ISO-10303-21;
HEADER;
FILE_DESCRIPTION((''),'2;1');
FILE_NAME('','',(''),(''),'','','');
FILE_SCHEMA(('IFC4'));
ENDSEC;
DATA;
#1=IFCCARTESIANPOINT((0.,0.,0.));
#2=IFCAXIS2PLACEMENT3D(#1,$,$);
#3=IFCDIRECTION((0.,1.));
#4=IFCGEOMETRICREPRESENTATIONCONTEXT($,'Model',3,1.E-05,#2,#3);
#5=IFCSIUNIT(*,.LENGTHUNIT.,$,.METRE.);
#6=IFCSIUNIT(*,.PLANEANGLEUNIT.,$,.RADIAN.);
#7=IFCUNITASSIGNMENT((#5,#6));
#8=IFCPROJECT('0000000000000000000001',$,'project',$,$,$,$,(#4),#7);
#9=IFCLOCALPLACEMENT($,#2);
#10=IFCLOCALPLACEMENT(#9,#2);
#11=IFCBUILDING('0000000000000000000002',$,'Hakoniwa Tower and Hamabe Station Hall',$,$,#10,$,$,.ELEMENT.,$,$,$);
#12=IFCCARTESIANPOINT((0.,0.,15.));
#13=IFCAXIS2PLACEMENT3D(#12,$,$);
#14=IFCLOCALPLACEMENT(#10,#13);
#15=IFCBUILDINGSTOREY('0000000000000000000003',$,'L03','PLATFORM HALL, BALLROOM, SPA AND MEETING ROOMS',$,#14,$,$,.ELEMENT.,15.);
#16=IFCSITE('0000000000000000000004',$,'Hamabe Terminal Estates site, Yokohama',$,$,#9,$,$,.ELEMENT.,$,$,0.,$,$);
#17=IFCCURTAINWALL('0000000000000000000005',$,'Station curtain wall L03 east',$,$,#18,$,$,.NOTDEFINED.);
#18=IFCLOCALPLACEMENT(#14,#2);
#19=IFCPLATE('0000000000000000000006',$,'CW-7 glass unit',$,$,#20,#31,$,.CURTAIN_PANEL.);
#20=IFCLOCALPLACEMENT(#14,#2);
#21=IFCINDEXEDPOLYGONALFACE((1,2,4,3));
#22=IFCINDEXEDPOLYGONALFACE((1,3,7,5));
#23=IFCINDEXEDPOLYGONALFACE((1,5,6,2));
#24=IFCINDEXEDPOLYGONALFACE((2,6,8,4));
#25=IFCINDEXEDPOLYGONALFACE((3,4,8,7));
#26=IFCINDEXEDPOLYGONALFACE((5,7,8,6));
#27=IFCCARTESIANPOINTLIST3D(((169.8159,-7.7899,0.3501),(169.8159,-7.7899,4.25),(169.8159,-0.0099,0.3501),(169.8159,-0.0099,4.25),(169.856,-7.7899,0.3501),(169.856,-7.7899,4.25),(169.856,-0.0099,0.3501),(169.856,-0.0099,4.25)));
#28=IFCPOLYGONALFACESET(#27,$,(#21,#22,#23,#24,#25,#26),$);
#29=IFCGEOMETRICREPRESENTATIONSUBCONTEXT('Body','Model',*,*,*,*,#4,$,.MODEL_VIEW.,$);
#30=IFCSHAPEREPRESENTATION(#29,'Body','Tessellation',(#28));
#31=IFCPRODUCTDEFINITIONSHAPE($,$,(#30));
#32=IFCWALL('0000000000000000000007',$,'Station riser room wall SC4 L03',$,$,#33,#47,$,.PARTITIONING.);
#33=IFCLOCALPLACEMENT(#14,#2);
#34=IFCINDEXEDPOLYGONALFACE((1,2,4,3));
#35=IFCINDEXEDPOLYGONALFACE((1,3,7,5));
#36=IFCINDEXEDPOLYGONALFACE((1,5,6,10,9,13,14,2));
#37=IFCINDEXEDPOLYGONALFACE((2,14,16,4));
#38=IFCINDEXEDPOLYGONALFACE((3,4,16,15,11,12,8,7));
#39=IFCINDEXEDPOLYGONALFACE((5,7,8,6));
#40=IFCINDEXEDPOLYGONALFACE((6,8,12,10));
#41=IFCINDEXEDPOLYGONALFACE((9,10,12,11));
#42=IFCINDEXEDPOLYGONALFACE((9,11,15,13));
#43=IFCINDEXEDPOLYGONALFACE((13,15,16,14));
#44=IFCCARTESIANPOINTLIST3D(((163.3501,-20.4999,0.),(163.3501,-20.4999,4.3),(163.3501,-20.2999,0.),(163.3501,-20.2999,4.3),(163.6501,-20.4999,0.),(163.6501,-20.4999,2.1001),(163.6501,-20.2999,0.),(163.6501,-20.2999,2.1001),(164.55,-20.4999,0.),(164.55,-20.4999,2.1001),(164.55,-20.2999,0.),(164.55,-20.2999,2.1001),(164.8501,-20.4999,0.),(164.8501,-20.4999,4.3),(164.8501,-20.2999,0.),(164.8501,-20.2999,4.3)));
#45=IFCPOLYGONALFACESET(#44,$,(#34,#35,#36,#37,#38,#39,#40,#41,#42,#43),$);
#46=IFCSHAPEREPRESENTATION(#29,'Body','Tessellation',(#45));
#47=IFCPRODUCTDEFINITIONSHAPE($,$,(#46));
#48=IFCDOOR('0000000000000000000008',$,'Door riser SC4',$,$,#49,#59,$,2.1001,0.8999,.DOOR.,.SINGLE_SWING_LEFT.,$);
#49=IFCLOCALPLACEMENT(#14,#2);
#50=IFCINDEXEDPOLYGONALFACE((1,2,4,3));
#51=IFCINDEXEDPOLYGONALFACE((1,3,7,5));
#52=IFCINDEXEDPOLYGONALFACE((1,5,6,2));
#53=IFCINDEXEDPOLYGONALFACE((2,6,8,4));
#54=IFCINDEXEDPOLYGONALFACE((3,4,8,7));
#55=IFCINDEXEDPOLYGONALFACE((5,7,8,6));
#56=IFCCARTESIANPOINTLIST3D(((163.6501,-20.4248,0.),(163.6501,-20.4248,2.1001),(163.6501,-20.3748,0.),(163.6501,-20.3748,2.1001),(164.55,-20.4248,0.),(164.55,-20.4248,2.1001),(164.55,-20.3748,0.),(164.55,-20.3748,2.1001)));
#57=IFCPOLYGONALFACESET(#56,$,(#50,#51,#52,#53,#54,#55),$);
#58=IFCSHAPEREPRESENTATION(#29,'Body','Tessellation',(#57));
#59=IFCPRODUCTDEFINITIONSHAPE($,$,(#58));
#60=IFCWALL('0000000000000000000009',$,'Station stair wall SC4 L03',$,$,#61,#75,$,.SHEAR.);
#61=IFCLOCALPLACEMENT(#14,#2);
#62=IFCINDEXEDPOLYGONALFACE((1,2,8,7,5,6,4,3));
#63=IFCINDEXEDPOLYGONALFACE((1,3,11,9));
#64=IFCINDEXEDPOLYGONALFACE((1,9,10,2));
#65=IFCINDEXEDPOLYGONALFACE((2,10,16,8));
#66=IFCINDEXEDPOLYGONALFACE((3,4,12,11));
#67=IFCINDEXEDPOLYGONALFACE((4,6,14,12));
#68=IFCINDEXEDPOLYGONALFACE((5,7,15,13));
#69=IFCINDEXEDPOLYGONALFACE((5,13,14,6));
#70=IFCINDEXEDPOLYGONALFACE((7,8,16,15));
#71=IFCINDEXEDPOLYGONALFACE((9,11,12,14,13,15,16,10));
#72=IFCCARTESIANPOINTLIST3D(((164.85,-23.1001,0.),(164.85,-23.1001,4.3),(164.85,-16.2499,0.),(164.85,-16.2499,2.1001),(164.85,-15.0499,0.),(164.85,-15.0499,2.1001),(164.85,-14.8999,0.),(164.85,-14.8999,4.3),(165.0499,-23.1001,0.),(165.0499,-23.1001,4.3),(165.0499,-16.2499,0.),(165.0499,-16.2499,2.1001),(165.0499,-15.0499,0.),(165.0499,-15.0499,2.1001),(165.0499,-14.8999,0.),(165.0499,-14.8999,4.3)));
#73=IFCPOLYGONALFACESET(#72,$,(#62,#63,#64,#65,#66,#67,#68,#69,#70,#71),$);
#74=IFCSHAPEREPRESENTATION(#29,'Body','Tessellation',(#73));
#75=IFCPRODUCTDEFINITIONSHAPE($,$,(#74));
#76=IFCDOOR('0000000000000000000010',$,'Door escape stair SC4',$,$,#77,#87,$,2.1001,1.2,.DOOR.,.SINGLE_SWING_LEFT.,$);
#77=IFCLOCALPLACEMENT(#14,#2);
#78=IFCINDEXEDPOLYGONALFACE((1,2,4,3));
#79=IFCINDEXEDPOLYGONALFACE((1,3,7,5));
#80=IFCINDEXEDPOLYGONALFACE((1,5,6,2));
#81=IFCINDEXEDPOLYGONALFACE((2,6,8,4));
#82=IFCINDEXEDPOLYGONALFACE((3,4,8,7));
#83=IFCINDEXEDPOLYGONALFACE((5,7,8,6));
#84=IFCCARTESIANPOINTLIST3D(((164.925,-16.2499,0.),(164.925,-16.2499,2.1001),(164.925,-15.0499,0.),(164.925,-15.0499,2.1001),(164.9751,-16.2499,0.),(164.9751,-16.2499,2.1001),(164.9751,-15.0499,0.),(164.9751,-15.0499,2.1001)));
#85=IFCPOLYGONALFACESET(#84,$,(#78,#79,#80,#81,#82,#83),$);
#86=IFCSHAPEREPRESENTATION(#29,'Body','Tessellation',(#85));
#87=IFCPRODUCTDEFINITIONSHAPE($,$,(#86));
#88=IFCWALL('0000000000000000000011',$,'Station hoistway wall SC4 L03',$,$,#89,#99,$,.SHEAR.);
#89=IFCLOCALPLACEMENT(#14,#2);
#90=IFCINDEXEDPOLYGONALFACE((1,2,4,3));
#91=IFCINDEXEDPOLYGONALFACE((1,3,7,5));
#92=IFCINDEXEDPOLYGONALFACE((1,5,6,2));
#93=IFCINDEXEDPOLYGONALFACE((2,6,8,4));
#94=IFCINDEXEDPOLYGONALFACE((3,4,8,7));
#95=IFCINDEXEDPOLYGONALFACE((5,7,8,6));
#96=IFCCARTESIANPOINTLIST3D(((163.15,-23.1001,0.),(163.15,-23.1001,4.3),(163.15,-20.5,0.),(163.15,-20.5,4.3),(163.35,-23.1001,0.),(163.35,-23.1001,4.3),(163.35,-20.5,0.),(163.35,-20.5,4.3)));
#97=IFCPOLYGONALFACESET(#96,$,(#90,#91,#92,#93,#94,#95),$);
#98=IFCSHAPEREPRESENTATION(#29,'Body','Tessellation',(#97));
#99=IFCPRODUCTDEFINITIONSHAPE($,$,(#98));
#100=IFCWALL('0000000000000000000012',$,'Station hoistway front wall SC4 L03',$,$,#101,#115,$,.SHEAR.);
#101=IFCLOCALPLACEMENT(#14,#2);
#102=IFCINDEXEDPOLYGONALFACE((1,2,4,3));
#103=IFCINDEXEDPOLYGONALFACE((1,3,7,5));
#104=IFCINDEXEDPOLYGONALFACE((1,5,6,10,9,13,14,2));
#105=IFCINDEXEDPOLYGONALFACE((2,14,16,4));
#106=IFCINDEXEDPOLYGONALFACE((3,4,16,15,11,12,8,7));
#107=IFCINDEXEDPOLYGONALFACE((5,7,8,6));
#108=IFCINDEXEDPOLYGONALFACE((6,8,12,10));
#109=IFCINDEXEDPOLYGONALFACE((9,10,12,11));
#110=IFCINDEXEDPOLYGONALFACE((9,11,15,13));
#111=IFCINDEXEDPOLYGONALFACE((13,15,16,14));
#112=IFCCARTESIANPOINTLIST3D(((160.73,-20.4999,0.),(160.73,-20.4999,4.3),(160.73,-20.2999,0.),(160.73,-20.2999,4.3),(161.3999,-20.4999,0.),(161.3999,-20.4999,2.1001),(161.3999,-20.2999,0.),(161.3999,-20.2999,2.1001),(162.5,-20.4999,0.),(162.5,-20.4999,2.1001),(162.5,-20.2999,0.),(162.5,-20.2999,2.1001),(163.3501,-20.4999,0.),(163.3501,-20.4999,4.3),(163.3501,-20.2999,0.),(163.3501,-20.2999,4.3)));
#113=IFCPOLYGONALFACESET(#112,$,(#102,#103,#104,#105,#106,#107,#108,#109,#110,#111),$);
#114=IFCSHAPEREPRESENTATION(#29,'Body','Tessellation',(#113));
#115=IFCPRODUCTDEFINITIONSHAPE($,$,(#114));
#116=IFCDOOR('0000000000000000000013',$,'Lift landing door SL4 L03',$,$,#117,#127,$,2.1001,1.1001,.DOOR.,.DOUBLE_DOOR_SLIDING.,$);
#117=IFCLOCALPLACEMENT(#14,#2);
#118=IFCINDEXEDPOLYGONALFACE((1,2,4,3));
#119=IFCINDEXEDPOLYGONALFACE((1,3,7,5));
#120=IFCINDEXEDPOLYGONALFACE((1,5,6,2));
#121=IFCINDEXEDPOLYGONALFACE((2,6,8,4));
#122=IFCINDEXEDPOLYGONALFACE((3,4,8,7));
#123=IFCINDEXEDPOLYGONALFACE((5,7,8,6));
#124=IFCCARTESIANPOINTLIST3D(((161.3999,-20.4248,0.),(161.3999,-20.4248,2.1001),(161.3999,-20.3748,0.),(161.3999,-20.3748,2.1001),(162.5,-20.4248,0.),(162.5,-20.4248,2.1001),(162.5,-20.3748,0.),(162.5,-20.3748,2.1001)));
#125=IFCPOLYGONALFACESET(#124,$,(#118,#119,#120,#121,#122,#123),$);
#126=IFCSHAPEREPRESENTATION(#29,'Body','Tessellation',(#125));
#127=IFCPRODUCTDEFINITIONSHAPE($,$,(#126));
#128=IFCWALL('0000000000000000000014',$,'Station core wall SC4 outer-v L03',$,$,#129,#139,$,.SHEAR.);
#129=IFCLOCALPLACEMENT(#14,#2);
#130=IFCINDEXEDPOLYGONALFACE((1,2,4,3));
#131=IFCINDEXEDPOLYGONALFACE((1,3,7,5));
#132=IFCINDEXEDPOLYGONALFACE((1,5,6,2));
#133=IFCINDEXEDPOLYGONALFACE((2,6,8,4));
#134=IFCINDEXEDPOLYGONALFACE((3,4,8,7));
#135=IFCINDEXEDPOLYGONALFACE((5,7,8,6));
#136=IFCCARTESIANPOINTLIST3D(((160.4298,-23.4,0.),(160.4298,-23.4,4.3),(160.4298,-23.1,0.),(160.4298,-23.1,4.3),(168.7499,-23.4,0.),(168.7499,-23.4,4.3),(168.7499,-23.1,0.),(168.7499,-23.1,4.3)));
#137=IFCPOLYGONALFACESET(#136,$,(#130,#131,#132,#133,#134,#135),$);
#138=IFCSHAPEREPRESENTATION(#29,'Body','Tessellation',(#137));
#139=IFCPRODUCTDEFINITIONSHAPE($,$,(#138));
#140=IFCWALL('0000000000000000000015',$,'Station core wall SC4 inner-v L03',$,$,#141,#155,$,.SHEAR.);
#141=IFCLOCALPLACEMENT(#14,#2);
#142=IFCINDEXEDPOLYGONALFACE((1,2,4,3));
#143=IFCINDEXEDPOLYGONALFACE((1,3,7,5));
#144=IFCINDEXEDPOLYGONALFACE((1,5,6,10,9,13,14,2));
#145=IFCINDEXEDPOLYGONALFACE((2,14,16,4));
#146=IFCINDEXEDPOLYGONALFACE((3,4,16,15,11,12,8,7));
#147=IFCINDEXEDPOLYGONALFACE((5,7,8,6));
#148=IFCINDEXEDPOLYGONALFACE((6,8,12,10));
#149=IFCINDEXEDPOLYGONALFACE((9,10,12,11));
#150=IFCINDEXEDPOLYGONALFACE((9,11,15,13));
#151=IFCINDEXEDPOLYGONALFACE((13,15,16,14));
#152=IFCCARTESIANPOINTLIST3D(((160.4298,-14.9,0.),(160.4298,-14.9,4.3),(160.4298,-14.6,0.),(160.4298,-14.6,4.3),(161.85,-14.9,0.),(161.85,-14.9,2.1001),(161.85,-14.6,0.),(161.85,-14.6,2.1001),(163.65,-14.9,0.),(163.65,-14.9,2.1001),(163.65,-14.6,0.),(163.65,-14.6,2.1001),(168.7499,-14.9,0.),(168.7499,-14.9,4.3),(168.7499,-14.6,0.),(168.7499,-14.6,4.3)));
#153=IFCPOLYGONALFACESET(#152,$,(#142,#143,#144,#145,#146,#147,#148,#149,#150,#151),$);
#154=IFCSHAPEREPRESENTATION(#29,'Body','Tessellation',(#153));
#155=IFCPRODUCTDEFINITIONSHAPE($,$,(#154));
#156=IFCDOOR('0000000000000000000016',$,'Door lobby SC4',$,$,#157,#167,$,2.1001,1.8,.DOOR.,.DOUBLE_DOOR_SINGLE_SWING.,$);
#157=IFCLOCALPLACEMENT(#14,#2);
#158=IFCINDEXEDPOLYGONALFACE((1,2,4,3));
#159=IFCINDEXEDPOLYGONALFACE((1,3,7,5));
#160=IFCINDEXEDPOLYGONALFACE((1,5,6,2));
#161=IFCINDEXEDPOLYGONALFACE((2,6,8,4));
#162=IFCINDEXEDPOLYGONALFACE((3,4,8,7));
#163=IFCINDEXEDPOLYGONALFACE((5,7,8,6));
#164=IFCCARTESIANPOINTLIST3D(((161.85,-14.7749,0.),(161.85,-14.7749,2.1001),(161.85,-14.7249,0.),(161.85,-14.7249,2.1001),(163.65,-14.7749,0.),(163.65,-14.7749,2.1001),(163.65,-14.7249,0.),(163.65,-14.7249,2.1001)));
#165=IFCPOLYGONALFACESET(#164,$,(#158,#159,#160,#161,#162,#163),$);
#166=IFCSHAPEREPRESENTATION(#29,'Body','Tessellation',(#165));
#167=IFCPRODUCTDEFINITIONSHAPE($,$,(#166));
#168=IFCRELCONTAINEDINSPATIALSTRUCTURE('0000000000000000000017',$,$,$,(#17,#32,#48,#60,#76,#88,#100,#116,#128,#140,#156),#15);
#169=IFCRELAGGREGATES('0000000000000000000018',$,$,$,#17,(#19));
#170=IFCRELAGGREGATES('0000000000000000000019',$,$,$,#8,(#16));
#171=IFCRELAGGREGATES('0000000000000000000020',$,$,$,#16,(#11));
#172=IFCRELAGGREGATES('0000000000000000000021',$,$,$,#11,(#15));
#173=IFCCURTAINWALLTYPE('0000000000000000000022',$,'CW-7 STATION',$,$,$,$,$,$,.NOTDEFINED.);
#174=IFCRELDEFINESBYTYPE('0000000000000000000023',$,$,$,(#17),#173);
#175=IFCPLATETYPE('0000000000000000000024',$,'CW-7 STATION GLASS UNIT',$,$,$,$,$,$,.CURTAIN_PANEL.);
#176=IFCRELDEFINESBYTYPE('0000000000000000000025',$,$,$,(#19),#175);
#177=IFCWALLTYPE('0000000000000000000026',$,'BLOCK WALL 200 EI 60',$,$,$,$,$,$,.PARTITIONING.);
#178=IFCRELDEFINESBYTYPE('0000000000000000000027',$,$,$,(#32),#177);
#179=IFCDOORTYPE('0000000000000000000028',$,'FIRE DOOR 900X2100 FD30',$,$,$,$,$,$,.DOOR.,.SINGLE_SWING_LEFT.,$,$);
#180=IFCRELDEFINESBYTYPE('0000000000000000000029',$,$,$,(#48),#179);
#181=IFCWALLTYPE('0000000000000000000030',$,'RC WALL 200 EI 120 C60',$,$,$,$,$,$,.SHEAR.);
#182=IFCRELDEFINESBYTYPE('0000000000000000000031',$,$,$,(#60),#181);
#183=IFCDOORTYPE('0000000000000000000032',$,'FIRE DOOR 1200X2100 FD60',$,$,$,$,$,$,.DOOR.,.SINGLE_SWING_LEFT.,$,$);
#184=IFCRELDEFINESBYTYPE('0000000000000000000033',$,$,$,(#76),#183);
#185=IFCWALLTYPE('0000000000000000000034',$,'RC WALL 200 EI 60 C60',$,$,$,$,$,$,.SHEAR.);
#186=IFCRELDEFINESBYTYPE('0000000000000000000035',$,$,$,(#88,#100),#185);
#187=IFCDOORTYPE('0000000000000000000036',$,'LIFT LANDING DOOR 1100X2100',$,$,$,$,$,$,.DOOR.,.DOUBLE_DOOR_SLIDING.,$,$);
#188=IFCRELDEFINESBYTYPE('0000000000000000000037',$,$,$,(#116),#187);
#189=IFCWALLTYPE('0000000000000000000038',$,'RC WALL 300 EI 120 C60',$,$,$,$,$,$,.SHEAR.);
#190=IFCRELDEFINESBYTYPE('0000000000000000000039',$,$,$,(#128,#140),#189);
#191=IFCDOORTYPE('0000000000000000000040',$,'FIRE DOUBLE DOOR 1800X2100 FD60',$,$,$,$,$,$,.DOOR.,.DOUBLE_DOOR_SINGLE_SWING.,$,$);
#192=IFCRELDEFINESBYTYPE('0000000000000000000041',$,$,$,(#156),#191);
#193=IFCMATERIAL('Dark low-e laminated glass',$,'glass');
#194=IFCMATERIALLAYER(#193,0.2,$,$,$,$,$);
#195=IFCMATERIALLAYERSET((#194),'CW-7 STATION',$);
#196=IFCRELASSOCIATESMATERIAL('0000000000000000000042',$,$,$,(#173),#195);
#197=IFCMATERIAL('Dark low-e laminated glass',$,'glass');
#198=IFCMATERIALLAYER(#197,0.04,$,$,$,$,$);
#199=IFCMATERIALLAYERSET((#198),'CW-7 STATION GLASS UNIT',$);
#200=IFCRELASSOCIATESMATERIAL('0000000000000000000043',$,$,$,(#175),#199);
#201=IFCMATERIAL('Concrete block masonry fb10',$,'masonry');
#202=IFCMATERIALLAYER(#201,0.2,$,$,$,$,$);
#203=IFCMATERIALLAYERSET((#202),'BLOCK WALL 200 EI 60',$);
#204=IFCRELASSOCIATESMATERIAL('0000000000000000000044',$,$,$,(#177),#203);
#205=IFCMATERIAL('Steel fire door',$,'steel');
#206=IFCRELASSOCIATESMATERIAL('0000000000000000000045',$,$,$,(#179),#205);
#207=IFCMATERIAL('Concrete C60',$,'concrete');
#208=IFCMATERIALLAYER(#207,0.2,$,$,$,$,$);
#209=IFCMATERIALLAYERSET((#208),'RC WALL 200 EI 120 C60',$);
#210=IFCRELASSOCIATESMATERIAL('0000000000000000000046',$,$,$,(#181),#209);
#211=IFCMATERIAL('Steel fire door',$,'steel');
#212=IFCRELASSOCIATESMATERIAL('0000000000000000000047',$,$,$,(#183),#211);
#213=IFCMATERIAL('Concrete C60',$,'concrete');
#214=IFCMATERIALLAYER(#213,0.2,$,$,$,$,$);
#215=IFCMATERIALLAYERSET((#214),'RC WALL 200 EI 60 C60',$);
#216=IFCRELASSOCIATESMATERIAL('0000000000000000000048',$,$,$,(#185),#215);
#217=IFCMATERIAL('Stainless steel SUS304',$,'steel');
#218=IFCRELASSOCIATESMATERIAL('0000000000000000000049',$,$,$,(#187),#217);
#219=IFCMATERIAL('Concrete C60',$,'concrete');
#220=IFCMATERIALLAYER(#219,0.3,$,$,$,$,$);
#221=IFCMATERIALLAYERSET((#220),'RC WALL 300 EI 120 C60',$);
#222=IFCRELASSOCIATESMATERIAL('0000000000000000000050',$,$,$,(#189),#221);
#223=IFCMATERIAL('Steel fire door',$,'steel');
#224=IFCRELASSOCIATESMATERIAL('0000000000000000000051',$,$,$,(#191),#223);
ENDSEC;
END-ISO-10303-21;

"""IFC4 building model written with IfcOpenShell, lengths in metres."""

from ifc_helpers import new_model, si_unit, direction, frame, frame_2d, origin, origin_2d, place, context, subcontext, project, spatial, rectangle, extrude, material, layer, layer_set, type_object, element, fill, aggregate, save


model = new_model("IFC4")

# Units and contexts
model_context = context("Model", 3, precision=1e-05, world=origin(), true_north=direction((0.0, 1.0)))
body_context = subcontext(model_context, "Body", "Model", "MODEL_VIEW")
ifc_project = project(units=[si_unit("LENGTHUNIT", "METRE"), si_unit("PLANEANGLEUNIT", "RADIAN")], contexts=[model_context])

# Site, building, storey
site_placement = place(None, origin())
site = spatial("IfcSite", under=ifc_project, at=site_placement, Name="Hamabe Terminal Estates site, Yokohama", CompositionType="ELEMENT", RefElevation=0.0)
building_placement = place(site_placement, origin())
building = spatial("IfcBuilding", under=site, at=building_placement, Name="Hakoniwa Tower and Hamabe Station Hall", CompositionType="ELEMENT")
storey_placement = place(building_placement, frame((0.0, 0.0, 15.0)))
storey = spatial("IfcBuildingStorey", under=building, at=storey_placement, Name="L03", Description="PLATFORM HALL, BALLROOM, SPA AND MEETING ROOMS", CompositionType="ELEMENT", Elevation=15.0)

# Curtain wall
ifc_material_1 = material(Name="Dark low-e laminated glass", Category="glass")
ifc_layer_1 = layer(ifc_material_1, 0.2)
ifc_layer_set_1 = layer_set([ifc_layer_1], Name="CW-7 STATION")
curtain_wall_type = type_object("IfcCurtainWallType", Name="CW-7 STATION", PredefinedType="NOTDEFINED", material=ifc_layer_set_1)
curtain_wall_1_placement = place(storey_placement, origin())
curtain_wall_1 = element("IfcCurtainWall", 1, at=curtain_wall_1_placement, inside=storey, type_object=curtain_wall_type, Name="Station curtain wall L03 east", PredefinedType="NOTDEFINED")

# Plate
ifc_material_2 = material(Name="Dark low-e laminated glass", Category="glass")
ifc_layer_2 = layer(ifc_material_2, 0.04)
ifc_layer_set_2 = layer_set([ifc_layer_2], Name="CW-7 STATION GLASS UNIT")
plate_type = type_object("IfcPlateType", Name="CW-7 STATION GLASS UNIT", PredefinedType="CURTAIN_PANEL", material=ifc_layer_set_2)
plate_1_placement = place(storey_placement, frame((169.8359, -3.8999, 0.3501), z_axis=(0.0, 0.0, 1.0), x_axis=(0.0, 1.0, 0.0)))
plate_1 = element("IfcPlate", 2, at=plate_1_placement, type_object=plate_type, Name="CW-7 glass unit", PredefinedType="CURTAIN_PANEL", context=body_context, shape_type="SweptSolid", body=[
    extrude(rectangle(XDim=7.78, YDim=0.04, at=origin_2d()), origin(), (0.0, 0.0, 1.0), 3.8999),
])
aggregate(curtain_wall_1, [plate_1])

# Walls, openings, doors
ifc_material_3 = material(Name="Concrete block masonry fb10", Category="masonry")
ifc_layer_3 = layer(ifc_material_3, 0.2)
ifc_layer_set_3 = layer_set([ifc_layer_3], Name="BLOCK WALL 200 EI 60")
wall_type_1 = type_object("IfcWallType", Name="BLOCK WALL 200 EI 60", PredefinedType="PARTITIONING", material=ifc_layer_set_3)
wall_1_placement = place(storey_placement, frame((164.8501, -20.3999, 0.0), z_axis=(0.0, 0.0, 1.0), x_axis=(-1.0, 0.0, 0.0)))
wall_1 = element("IfcWall", 3, at=wall_1_placement, inside=storey, type_object=wall_type_1, Name="Station riser room wall SC4 L03", PredefinedType="PARTITIONING", context=body_context, shape_type="SweptSolid", body=[
    extrude(rectangle(XDim=1.5, YDim=0.2, at=frame_2d((0.75, 0.0))), origin(), (0.0, 0.0, 1.0), 4.3),
])
opening_1_placement = place(wall_1_placement, frame((0.3, 0.0, 0.0)))
opening_1 = element("IfcOpeningElement", 4, at=opening_1_placement, cuts=wall_1, PredefinedType="OPENING", context=body_context, shape_type="SweptSolid", body=[
    extrude(rectangle(XDim=0.8999, YDim=2.1001, at=frame_2d((0.45, 1.05))), frame((0.0, 0.1099, 0.0), z_axis=(0.0, -1.0, 0.0), x_axis=(1.0, 0.0, 0.0)), (0.0, 0.0, 1.0), 0.22),
])
ifc_material_4 = material(Name="Steel fire door", Category="steel")
door_type_1 = type_object("IfcDoorType", Name="FIRE DOOR 900X2100 FD30", OperationType="SINGLE_SWING_LEFT", PredefinedType="DOOR", material=ifc_material_4)
door_1_placement = place(opening_1_placement, origin())
door_1 = element("IfcDoor", 5, at=door_1_placement, inside=storey, type_object=door_type_1, Name="Door riser SC4", OperationType="SINGLE_SWING_LEFT", OverallHeight=2.1001, OverallWidth=0.8999, PredefinedType="DOOR", context=body_context, shape_type="SweptSolid", body=[
    extrude(rectangle(XDim=0.8999, YDim=2.1001, at=frame_2d((0.45, 1.05))), frame((0.0, 0.0249, 0.0), z_axis=(0.0, -1.0, 0.0), x_axis=(1.0, 0.0, 0.0)), (0.0, 0.0, 1.0), 0.05),
])
fill(opening_1, door_1)
ifc_material_5 = material(Name="Concrete C60", Category="concrete")
ifc_layer_4 = layer(ifc_material_5, 0.2)
ifc_layer_set_4 = layer_set([ifc_layer_4], Name="RC WALL 200 EI 120 C60")
wall_type_2 = type_object("IfcWallType", Name="RC WALL 200 EI 120 C60", PredefinedType="SHEAR", material=ifc_layer_set_4)
wall_2_placement = place(storey_placement, frame((164.95, -23.1001, 0.0), z_axis=(0.0, 0.0, 1.0), x_axis=(0.0, 1.0, 0.0)))
wall_2 = element("IfcWall", 6, at=wall_2_placement, inside=storey, type_object=wall_type_2, Name="Station stair wall SC4 L03", PredefinedType="SHEAR", context=body_context, shape_type="SweptSolid", body=[
    extrude(rectangle(XDim=8.2002, YDim=0.2, at=frame_2d((4.1001, 0.0))), origin(), (0.0, 0.0, 1.0), 4.3),
])
opening_2_placement = place(wall_2_placement, frame((6.8501, 0.0, 0.0)))
opening_2 = element("IfcOpeningElement", 7, at=opening_2_placement, cuts=wall_2, PredefinedType="OPENING", context=body_context, shape_type="SweptSolid", body=[
    extrude(rectangle(XDim=1.2, YDim=2.1001, at=frame_2d((0.6001, 1.05))), frame((0.0, 0.1099, 0.0), z_axis=(0.0, -1.0, 0.0), x_axis=(1.0, 0.0, 0.0)), (0.0, 0.0, 1.0), 0.22),
])
ifc_material_6 = material(Name="Steel fire door", Category="steel")
door_type_2 = type_object("IfcDoorType", Name="FIRE DOOR 1200X2100 FD60", OperationType="SINGLE_SWING_LEFT", PredefinedType="DOOR", material=ifc_material_6)
door_2_placement = place(opening_2_placement, origin())
door_2 = element("IfcDoor", 8, at=door_2_placement, inside=storey, type_object=door_type_2, Name="Door escape stair SC4", OperationType="SINGLE_SWING_LEFT", OverallHeight=2.1001, OverallWidth=1.2, PredefinedType="DOOR", context=body_context, shape_type="SweptSolid", body=[
    extrude(rectangle(XDim=1.2, YDim=2.1001, at=frame_2d((0.6001, 1.05))), frame((0.0, 0.0249, 0.0), z_axis=(0.0, -1.0, 0.0), x_axis=(1.0, 0.0, 0.0)), (0.0, 0.0, 1.0), 0.05),
])
fill(opening_2, door_2)

# Wall
ifc_material_7 = material(Name="Concrete C60", Category="concrete")
ifc_layer_5 = layer(ifc_material_7, 0.2)
ifc_layer_set_5 = layer_set([ifc_layer_5], Name="RC WALL 200 EI 60 C60")
wall_type_3 = type_object("IfcWallType", Name="RC WALL 200 EI 60 C60", PredefinedType="SHEAR", material=ifc_layer_set_5)
wall_3_placement = place(storey_placement, frame((163.25, -23.1001, 0.0), z_axis=(0.0, 0.0, 1.0), x_axis=(0.0, 1.0, 0.0)))
element("IfcWall", 9, at=wall_3_placement, inside=storey, type_object=wall_type_3, Name="Station hoistway wall SC4 L03", PredefinedType="SHEAR", context=body_context, shape_type="SweptSolid", body=[
    extrude(rectangle(XDim=2.6001, YDim=0.2, at=frame_2d((1.3, 0.0))), origin(), (0.0, 0.0, 1.0), 4.3),
])

# Wall, opening, door
wall_4_placement = place(storey_placement, frame((163.3501, -20.3999, 0.0), z_axis=(0.0, 0.0, 1.0), x_axis=(-1.0, 0.0, 0.0)))
wall_4 = element("IfcWall", 10, at=wall_4_placement, inside=storey, type_object=wall_type_3, Name="Station hoistway front wall SC4 L03", PredefinedType="SHEAR", context=body_context, shape_type="SweptSolid", body=[
    extrude(rectangle(XDim=2.6201, YDim=0.2, at=frame_2d((1.3101, 0.0))), origin(), (0.0, 0.0, 1.0), 4.3),
])
opening_3_placement = place(wall_4_placement, frame((0.8501, 0.0, 0.0)))
opening_3 = element("IfcOpeningElement", 11, at=opening_3_placement, cuts=wall_4, PredefinedType="OPENING", context=body_context, shape_type="SweptSolid", body=[
    extrude(rectangle(XDim=1.1001, YDim=2.1001, at=frame_2d((0.55, 1.05))), frame((0.0, 0.1099, 0.0), z_axis=(0.0, -1.0, 0.0), x_axis=(1.0, 0.0, 0.0)), (0.0, 0.0, 1.0), 0.22),
])
ifc_material_8 = material(Name="Stainless steel SUS304", Category="steel")
door_type_3 = type_object("IfcDoorType", Name="LIFT LANDING DOOR 1100X2100", OperationType="DOUBLE_DOOR_SLIDING", PredefinedType="DOOR", material=ifc_material_8)
door_3_placement = place(opening_3_placement, origin())
door_3 = element("IfcDoor", 12, at=door_3_placement, inside=storey, type_object=door_type_3, Name="Lift landing door SL4 L03", OperationType="DOUBLE_DOOR_SLIDING", OverallHeight=2.1001, OverallWidth=1.1001, PredefinedType="DOOR", context=body_context, shape_type="SweptSolid", body=[
    extrude(rectangle(XDim=1.1001, YDim=2.1001, at=frame_2d((0.55, 1.05))), frame((0.0, 0.0249, 0.0), z_axis=(0.0, -1.0, 0.0), x_axis=(1.0, 0.0, 0.0)), (0.0, 0.0, 1.0), 0.05),
])
fill(opening_3, door_3)

# Wall
ifc_material_9 = material(Name="Concrete C60", Category="concrete")
ifc_layer_6 = layer(ifc_material_9, 0.3)
ifc_layer_set_6 = layer_set([ifc_layer_6], Name="RC WALL 300 EI 120 C60")
wall_type_4 = type_object("IfcWallType", Name="RC WALL 300 EI 120 C60", PredefinedType="SHEAR", material=ifc_layer_set_6)
wall_5_placement = place(storey_placement, frame((168.75, -23.25, 0.0), z_axis=(0.0, 0.0, 1.0), x_axis=(-1.0, 0.0, 0.0)))
element("IfcWall", 13, at=wall_5_placement, inside=storey, type_object=wall_type_4, Name="Station core wall SC4 outer-v L03", PredefinedType="SHEAR", context=body_context, shape_type="SweptSolid", body=[
    extrude(rectangle(XDim=8.3201, YDim=0.3, at=frame_2d((4.1602, 0.0))), origin(), (0.0, 0.0, 1.0), 4.3),
])

# Wall, opening, door
wall_6_placement = place(storey_placement, frame((168.75, -14.75, 0.0), z_axis=(0.0, 0.0, 1.0), x_axis=(-1.0, 0.0, 0.0)))
wall_6 = element("IfcWall", 14, at=wall_6_placement, inside=storey, type_object=wall_type_4, Name="Station core wall SC4 inner-v L03", PredefinedType="SHEAR", context=body_context, shape_type="SweptSolid", body=[
    extrude(rectangle(XDim=8.3201, YDim=0.3, at=frame_2d((4.1602, 0.0))), origin(), (0.0, 0.0, 1.0), 4.3),
])
opening_4_placement = place(wall_6_placement, frame((5.1001, 0.0, 0.0)))
opening_4 = element("IfcOpeningElement", 15, at=opening_4_placement, cuts=wall_6, PredefinedType="OPENING", context=body_context, shape_type="SweptSolid", body=[
    extrude(rectangle(XDim=1.8, YDim=2.1001, at=frame_2d((0.8999, 1.05))), frame((0.0, 0.1599, 0.0), z_axis=(0.0, -1.0, 0.0), x_axis=(1.0, 0.0, 0.0)), (0.0, 0.0, 1.0), 0.3201),
])
ifc_material_10 = material(Name="Steel fire door", Category="steel")
door_type_4 = type_object("IfcDoorType", Name="FIRE DOUBLE DOOR 1800X2100 FD60", OperationType="DOUBLE_DOOR_SINGLE_SWING", PredefinedType="DOOR", material=ifc_material_10)
door_4_placement = place(opening_4_placement, origin())
door_4 = element("IfcDoor", 16, at=door_4_placement, inside=storey, type_object=door_type_4, Name="Door lobby SC4", OperationType="DOUBLE_DOOR_SINGLE_SWING", OverallHeight=2.1001, OverallWidth=1.8, PredefinedType="DOOR", context=body_context, shape_type="SweptSolid", body=[
    extrude(rectangle(XDim=1.8, YDim=2.1001, at=frame_2d((0.8999, 1.05))), frame((0.0, 0.0249, 0.0), z_axis=(0.0, -1.0, 0.0), x_axis=(1.0, 0.0, 0.0)), (0.0, 0.0, 1.0), 0.05),
])
fill(opening_4, door_4)

save(model, "model.ifc")
